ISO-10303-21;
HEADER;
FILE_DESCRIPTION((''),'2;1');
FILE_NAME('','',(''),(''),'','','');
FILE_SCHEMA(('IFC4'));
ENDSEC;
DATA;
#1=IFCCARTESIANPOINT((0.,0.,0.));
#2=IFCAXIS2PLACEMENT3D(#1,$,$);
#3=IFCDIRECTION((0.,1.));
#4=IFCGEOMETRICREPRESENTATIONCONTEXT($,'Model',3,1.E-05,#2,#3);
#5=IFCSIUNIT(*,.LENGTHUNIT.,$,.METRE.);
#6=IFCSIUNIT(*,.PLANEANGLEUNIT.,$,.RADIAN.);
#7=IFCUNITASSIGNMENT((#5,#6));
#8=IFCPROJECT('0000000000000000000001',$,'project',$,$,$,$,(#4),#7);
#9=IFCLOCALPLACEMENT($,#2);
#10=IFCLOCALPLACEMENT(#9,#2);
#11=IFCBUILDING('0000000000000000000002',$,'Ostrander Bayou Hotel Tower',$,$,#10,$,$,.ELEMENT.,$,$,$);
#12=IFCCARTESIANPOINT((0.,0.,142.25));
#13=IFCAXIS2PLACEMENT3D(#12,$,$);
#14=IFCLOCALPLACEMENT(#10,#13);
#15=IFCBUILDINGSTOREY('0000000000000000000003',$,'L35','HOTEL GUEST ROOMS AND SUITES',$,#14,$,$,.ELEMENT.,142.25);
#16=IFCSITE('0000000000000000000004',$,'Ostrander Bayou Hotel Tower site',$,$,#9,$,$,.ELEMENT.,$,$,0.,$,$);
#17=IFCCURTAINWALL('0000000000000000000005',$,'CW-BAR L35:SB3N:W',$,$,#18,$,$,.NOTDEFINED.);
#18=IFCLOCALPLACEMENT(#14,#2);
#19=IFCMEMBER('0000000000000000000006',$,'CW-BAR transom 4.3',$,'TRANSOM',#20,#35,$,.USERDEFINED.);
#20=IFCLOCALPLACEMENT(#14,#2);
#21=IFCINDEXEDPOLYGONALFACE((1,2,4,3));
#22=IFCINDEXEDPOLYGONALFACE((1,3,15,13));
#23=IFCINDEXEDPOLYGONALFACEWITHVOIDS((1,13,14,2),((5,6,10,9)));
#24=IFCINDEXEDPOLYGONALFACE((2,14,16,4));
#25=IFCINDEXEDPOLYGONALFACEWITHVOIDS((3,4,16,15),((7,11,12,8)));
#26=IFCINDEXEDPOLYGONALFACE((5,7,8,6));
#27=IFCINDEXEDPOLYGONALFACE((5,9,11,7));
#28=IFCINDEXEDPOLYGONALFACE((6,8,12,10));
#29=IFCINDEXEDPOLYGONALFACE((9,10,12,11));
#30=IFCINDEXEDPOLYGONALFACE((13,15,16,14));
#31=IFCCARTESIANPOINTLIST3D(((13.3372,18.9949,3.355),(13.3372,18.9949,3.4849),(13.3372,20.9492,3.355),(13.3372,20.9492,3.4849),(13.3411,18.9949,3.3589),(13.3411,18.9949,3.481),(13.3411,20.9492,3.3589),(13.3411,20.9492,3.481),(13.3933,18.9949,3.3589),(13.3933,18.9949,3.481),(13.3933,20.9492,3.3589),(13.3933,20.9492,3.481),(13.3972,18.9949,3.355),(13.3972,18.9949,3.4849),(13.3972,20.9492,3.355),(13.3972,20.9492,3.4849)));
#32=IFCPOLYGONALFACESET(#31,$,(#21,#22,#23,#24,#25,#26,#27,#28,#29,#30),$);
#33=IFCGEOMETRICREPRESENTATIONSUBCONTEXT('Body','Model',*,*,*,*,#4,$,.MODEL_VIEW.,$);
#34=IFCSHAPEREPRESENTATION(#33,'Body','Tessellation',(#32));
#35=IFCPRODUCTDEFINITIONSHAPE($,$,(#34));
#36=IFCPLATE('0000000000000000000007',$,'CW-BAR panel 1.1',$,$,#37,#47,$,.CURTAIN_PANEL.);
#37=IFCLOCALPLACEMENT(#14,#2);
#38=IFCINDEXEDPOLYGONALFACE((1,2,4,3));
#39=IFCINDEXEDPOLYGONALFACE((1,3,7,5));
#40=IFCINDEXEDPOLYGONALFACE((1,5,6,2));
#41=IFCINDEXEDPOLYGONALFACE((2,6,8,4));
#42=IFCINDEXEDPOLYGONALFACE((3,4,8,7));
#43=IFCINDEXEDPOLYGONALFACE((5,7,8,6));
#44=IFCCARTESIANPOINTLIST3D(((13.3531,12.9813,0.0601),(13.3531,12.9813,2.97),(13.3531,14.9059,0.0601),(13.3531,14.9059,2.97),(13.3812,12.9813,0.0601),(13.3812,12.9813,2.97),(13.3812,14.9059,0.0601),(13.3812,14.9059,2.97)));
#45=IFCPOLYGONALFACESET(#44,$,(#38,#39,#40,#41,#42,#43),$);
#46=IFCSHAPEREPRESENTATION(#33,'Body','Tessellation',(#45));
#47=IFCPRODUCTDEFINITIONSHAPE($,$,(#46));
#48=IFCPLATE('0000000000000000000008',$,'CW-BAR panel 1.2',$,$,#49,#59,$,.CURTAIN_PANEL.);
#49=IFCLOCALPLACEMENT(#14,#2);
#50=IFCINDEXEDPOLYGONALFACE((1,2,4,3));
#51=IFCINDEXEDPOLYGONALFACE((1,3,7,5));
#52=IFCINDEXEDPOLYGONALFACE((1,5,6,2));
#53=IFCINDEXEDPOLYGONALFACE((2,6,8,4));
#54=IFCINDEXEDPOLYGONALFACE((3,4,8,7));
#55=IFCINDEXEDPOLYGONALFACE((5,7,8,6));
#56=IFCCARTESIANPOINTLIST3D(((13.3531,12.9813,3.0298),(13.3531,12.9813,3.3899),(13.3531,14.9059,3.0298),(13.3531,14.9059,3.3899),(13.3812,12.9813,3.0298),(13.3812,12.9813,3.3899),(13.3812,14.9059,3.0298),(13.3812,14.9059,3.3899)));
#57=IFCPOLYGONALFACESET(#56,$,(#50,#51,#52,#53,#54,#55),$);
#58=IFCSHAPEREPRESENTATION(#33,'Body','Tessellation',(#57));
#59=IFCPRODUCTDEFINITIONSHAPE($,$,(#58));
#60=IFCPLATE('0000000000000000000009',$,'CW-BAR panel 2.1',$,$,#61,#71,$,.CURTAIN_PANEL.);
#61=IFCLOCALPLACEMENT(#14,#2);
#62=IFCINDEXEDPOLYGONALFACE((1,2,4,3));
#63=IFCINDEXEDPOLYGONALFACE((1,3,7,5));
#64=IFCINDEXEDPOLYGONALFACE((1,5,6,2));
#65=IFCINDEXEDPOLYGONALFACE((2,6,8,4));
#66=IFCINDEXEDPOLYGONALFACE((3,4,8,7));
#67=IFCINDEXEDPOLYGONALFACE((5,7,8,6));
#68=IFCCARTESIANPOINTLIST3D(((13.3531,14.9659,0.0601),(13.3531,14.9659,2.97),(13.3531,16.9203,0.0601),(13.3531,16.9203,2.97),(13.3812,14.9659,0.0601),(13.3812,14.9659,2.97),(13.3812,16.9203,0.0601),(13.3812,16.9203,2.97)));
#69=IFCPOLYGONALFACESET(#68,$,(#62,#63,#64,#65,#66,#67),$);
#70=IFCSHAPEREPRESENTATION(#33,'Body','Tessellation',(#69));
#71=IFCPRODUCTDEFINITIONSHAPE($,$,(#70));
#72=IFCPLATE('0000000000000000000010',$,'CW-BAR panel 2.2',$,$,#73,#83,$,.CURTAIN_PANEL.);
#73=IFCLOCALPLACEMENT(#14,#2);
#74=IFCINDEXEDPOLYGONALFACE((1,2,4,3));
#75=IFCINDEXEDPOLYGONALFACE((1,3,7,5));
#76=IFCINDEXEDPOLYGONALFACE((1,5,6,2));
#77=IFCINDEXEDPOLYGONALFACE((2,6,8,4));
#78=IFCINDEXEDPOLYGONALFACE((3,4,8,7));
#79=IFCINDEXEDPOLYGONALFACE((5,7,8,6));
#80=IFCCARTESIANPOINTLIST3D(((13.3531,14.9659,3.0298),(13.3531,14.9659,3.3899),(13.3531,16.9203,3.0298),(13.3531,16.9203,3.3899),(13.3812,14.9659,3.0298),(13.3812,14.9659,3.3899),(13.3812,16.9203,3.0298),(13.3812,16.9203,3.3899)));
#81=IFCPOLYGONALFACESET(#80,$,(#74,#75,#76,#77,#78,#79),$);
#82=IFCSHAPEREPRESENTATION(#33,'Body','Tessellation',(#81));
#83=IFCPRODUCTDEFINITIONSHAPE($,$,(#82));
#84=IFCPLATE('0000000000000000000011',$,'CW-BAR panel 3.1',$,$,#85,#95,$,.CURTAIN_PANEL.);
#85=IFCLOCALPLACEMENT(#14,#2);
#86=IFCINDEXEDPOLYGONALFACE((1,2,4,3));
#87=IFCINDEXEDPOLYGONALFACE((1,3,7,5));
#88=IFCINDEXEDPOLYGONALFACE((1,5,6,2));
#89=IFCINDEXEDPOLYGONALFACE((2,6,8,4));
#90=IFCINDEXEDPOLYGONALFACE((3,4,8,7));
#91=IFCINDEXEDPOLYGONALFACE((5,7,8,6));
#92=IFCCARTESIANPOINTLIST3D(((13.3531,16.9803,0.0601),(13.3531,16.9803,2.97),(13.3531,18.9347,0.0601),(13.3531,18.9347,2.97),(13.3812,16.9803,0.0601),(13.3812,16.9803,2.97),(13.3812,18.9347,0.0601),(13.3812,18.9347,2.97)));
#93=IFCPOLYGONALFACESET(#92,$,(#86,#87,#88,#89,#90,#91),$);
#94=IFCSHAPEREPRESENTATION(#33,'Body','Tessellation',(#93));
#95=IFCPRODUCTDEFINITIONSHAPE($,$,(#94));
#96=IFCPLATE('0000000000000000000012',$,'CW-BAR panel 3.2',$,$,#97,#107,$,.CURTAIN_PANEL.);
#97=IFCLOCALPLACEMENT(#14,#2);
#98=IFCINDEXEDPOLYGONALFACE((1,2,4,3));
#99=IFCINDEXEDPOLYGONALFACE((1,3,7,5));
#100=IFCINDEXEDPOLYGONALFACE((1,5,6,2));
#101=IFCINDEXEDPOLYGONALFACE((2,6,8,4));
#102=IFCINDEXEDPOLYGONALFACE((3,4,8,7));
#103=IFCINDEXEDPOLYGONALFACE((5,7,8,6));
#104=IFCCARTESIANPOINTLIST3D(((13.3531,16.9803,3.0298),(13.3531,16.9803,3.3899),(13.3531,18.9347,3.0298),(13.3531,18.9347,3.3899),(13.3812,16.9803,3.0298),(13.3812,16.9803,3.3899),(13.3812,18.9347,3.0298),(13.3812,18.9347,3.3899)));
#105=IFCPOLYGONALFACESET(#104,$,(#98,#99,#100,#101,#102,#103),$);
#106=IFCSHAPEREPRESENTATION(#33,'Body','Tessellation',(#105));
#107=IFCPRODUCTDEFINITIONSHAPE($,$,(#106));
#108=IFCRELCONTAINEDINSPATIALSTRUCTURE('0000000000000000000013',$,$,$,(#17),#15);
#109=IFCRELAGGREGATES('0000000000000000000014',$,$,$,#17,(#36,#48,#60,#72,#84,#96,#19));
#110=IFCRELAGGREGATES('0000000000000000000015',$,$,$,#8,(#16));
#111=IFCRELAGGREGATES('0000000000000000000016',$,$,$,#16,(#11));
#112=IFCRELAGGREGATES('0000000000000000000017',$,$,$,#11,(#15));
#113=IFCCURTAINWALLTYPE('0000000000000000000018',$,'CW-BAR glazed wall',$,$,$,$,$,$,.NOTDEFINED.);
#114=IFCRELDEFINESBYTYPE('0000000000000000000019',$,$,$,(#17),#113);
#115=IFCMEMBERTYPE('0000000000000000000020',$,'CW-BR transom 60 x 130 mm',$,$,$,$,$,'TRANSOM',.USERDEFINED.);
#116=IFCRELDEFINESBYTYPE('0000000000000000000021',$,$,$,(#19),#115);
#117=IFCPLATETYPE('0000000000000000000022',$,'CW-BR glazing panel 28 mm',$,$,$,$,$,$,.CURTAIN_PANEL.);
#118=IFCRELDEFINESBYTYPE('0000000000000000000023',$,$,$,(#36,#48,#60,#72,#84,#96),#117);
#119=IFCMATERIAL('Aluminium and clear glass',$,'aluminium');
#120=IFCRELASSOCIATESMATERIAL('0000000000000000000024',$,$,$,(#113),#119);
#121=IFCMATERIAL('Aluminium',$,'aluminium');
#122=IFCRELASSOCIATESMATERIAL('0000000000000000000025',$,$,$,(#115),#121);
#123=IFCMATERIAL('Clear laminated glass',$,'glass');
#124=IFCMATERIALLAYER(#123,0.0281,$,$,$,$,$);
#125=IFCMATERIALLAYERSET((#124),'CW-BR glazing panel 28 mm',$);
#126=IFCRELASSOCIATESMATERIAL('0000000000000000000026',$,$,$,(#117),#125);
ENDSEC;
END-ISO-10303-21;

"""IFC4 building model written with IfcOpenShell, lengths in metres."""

from ifc_helpers import new_model, si_unit, direction, frame, origin, origin_2d, place, context, subcontext, project, spatial, rectangle, hollow_rectangle, extrude, material, layer, layer_set, material_profile, profile_set, type_object, element, aggregate, save


model = new_model("IFC4")

# Units and contexts
model_context = context("Model", 3, precision=1e-05, world=origin(), true_north=direction((0.0, 1.0)))
body_context = subcontext(model_context, "Body", "Model", "MODEL_VIEW")
ifc_project = project(units=[si_unit("LENGTHUNIT", "METRE"), si_unit("PLANEANGLEUNIT", "RADIAN")], contexts=[model_context])

# Site, building, storey
site_placement = place(None, origin())
site = spatial("IfcSite", under=ifc_project, at=site_placement, Name="Ostrander Bayou Hotel Tower site", CompositionType="ELEMENT", RefElevation=0.0)
building_placement = place(site_placement, origin())
building = spatial("IfcBuilding", under=site, at=building_placement, Name="Ostrander Bayou Hotel Tower", CompositionType="ELEMENT")
storey_placement = place(building_placement, frame((0.0, 0.0, 142.25)))
storey = spatial("IfcBuildingStorey", under=building, at=storey_placement, Name="L35", Description="HOTEL GUEST ROOMS AND SUITES", CompositionType="ELEMENT", Elevation=142.25)

# Curtain wall, member, plates
ifc_material_1 = material(Name="Aluminium and clear glass", Category="aluminium")
curtain_wall_type = type_object("IfcCurtainWallType", Name="CW-BAR glazed wall", PredefinedType="NOTDEFINED", material=ifc_material_1)
curtain_wall_placement = place(storey_placement, origin())
curtain_wall = element("IfcCurtainWall", 1, at=curtain_wall_placement, inside=storey, type_object=curtain_wall_type, Name="CW-BAR L35:SB3N:W", PredefinedType="NOTDEFINED")
ifc_material_2 = material(Name="Aluminium", Category="aluminium")
ifc_material_profile_1 = material_profile(ifc_material_2, hollow_rectangle(XDim=0.0601, YDim=0.1299, WallThickness=0.0039, at=origin_2d()))
ifc_profile_set_1 = profile_set([ifc_material_profile_1], Name="Aluminium")
member_type_1 = type_object("IfcMemberType", Name="CW-BR transom 60 x 130 mm", ElementType="TRANSOM", PredefinedType="USERDEFINED", material=ifc_profile_set_1)
member_1_placement = place(storey_placement, frame((13.3672, 18.9949, 3.4199), z_axis=(0.0, 1.0, 0.0), x_axis=(-1.0, 0.0, 0.0)))
member_1 = element("IfcMember", 2, at=member_1_placement, type_object=member_type_1, Name="CW-BAR transom 4.3", ObjectType="TRANSOM", PredefinedType="USERDEFINED", context=body_context, shape_type="SweptSolid", body=[
    extrude(hollow_rectangle(XDim=0.0601, YDim=0.1299, WallThickness=0.0039, at=origin_2d()), origin(), (0.0, 0.0, 1.0), 1.9543),
])
ifc_material_3 = material(Name="Clear laminated glass", Category="glass")
ifc_layer = layer(ifc_material_3, 0.0281)
ifc_layer_set = layer_set([ifc_layer], Name="CW-BR glazing panel 28 mm")
plate_type = type_object("IfcPlateType", Name="CW-BR glazing panel 28 mm", PredefinedType="CURTAIN_PANEL", material=ifc_layer_set)
plate_1_placement = place(storey_placement, frame((13.3672, 13.9436, 0.0601), z_axis=(0.0, 0.0, 1.0), x_axis=(0.0, 1.0, 0.0)))
plate_1 = element("IfcPlate", 3, at=plate_1_placement, type_object=plate_type, Name="CW-BAR panel 1.1", PredefinedType="CURTAIN_PANEL", context=body_context, shape_type="SweptSolid", body=[
    extrude(rectangle(XDim=1.9246, YDim=0.0281, at=origin_2d()), origin(), (0.0, 0.0, 1.0), 2.9099),
])
plate_2_placement = place(storey_placement, frame((13.3672, 13.9436, 3.0298), z_axis=(0.0, 0.0, 1.0), x_axis=(0.0, 1.0, 0.0)))
plate_2 = element("IfcPlate", 4, at=plate_2_placement, type_object=plate_type, Name="CW-BAR panel 1.2", PredefinedType="CURTAIN_PANEL", context=body_context, shape_type="SweptSolid", body=[
    extrude(rectangle(XDim=1.9246, YDim=0.0281, at=origin_2d()), origin(), (0.0, 0.0, 1.0), 0.3601),
])
plate_3_placement = place(storey_placement, frame((13.3672, 15.9431, 0.0601), z_axis=(0.0, 0.0, 1.0), x_axis=(0.0, 1.0, 0.0)))
plate_3 = element("IfcPlate", 5, at=plate_3_placement, type_object=plate_type, Name="CW-BAR panel 2.1", PredefinedType="CURTAIN_PANEL", context=body_context, shape_type="SweptSolid", body=[
    extrude(rectangle(XDim=1.9543, YDim=0.0281, at=origin_2d()), origin(), (0.0, 0.0, 1.0), 2.9099),
])
plate_4_placement = place(storey_placement, frame((13.3672, 15.9431, 3.0298), z_axis=(0.0, 0.0, 1.0), x_axis=(0.0, 1.0, 0.0)))
plate_4 = element("IfcPlate", 6, at=plate_4_placement, type_object=plate_type, Name="CW-BAR panel 2.2", PredefinedType="CURTAIN_PANEL", context=body_context, shape_type="SweptSolid", body=[
    extrude(rectangle(XDim=1.9543, YDim=0.0281, at=origin_2d()), origin(), (0.0, 0.0, 1.0), 0.3601),
])
plate_5_placement = place(storey_placement, frame((13.3672, 17.9575, 0.0601), z_axis=(0.0, 0.0, 1.0), x_axis=(0.0, 1.0, 0.0)))
plate_5 = element("IfcPlate", 7, at=plate_5_placement, type_object=plate_type, Name="CW-BAR panel 3.1", PredefinedType="CURTAIN_PANEL", context=body_context, shape_type="SweptSolid", body=[
    extrude(rectangle(XDim=1.9543, YDim=0.0281, at=origin_2d()), origin(), (0.0, 0.0, 1.0), 2.9099),
])
plate_6_placement = place(storey_placement, frame((13.3672, 17.9575, 3.0298), z_axis=(0.0, 0.0, 1.0), x_axis=(0.0, 1.0, 0.0)))
plate_6 = element("IfcPlate", 8, at=plate_6_placement, type_object=plate_type, Name="CW-BAR panel 3.2", PredefinedType="CURTAIN_PANEL", context=body_context, shape_type="SweptSolid", body=[
    extrude(rectangle(XDim=1.9543, YDim=0.0281, at=origin_2d()), origin(), (0.0, 0.0, 1.0), 0.3601),
])
aggregate(curtain_wall, [plate_1, plate_2, plate_3, plate_4, plate_5, plate_6, member_1])

save(model, "model.ifc")
